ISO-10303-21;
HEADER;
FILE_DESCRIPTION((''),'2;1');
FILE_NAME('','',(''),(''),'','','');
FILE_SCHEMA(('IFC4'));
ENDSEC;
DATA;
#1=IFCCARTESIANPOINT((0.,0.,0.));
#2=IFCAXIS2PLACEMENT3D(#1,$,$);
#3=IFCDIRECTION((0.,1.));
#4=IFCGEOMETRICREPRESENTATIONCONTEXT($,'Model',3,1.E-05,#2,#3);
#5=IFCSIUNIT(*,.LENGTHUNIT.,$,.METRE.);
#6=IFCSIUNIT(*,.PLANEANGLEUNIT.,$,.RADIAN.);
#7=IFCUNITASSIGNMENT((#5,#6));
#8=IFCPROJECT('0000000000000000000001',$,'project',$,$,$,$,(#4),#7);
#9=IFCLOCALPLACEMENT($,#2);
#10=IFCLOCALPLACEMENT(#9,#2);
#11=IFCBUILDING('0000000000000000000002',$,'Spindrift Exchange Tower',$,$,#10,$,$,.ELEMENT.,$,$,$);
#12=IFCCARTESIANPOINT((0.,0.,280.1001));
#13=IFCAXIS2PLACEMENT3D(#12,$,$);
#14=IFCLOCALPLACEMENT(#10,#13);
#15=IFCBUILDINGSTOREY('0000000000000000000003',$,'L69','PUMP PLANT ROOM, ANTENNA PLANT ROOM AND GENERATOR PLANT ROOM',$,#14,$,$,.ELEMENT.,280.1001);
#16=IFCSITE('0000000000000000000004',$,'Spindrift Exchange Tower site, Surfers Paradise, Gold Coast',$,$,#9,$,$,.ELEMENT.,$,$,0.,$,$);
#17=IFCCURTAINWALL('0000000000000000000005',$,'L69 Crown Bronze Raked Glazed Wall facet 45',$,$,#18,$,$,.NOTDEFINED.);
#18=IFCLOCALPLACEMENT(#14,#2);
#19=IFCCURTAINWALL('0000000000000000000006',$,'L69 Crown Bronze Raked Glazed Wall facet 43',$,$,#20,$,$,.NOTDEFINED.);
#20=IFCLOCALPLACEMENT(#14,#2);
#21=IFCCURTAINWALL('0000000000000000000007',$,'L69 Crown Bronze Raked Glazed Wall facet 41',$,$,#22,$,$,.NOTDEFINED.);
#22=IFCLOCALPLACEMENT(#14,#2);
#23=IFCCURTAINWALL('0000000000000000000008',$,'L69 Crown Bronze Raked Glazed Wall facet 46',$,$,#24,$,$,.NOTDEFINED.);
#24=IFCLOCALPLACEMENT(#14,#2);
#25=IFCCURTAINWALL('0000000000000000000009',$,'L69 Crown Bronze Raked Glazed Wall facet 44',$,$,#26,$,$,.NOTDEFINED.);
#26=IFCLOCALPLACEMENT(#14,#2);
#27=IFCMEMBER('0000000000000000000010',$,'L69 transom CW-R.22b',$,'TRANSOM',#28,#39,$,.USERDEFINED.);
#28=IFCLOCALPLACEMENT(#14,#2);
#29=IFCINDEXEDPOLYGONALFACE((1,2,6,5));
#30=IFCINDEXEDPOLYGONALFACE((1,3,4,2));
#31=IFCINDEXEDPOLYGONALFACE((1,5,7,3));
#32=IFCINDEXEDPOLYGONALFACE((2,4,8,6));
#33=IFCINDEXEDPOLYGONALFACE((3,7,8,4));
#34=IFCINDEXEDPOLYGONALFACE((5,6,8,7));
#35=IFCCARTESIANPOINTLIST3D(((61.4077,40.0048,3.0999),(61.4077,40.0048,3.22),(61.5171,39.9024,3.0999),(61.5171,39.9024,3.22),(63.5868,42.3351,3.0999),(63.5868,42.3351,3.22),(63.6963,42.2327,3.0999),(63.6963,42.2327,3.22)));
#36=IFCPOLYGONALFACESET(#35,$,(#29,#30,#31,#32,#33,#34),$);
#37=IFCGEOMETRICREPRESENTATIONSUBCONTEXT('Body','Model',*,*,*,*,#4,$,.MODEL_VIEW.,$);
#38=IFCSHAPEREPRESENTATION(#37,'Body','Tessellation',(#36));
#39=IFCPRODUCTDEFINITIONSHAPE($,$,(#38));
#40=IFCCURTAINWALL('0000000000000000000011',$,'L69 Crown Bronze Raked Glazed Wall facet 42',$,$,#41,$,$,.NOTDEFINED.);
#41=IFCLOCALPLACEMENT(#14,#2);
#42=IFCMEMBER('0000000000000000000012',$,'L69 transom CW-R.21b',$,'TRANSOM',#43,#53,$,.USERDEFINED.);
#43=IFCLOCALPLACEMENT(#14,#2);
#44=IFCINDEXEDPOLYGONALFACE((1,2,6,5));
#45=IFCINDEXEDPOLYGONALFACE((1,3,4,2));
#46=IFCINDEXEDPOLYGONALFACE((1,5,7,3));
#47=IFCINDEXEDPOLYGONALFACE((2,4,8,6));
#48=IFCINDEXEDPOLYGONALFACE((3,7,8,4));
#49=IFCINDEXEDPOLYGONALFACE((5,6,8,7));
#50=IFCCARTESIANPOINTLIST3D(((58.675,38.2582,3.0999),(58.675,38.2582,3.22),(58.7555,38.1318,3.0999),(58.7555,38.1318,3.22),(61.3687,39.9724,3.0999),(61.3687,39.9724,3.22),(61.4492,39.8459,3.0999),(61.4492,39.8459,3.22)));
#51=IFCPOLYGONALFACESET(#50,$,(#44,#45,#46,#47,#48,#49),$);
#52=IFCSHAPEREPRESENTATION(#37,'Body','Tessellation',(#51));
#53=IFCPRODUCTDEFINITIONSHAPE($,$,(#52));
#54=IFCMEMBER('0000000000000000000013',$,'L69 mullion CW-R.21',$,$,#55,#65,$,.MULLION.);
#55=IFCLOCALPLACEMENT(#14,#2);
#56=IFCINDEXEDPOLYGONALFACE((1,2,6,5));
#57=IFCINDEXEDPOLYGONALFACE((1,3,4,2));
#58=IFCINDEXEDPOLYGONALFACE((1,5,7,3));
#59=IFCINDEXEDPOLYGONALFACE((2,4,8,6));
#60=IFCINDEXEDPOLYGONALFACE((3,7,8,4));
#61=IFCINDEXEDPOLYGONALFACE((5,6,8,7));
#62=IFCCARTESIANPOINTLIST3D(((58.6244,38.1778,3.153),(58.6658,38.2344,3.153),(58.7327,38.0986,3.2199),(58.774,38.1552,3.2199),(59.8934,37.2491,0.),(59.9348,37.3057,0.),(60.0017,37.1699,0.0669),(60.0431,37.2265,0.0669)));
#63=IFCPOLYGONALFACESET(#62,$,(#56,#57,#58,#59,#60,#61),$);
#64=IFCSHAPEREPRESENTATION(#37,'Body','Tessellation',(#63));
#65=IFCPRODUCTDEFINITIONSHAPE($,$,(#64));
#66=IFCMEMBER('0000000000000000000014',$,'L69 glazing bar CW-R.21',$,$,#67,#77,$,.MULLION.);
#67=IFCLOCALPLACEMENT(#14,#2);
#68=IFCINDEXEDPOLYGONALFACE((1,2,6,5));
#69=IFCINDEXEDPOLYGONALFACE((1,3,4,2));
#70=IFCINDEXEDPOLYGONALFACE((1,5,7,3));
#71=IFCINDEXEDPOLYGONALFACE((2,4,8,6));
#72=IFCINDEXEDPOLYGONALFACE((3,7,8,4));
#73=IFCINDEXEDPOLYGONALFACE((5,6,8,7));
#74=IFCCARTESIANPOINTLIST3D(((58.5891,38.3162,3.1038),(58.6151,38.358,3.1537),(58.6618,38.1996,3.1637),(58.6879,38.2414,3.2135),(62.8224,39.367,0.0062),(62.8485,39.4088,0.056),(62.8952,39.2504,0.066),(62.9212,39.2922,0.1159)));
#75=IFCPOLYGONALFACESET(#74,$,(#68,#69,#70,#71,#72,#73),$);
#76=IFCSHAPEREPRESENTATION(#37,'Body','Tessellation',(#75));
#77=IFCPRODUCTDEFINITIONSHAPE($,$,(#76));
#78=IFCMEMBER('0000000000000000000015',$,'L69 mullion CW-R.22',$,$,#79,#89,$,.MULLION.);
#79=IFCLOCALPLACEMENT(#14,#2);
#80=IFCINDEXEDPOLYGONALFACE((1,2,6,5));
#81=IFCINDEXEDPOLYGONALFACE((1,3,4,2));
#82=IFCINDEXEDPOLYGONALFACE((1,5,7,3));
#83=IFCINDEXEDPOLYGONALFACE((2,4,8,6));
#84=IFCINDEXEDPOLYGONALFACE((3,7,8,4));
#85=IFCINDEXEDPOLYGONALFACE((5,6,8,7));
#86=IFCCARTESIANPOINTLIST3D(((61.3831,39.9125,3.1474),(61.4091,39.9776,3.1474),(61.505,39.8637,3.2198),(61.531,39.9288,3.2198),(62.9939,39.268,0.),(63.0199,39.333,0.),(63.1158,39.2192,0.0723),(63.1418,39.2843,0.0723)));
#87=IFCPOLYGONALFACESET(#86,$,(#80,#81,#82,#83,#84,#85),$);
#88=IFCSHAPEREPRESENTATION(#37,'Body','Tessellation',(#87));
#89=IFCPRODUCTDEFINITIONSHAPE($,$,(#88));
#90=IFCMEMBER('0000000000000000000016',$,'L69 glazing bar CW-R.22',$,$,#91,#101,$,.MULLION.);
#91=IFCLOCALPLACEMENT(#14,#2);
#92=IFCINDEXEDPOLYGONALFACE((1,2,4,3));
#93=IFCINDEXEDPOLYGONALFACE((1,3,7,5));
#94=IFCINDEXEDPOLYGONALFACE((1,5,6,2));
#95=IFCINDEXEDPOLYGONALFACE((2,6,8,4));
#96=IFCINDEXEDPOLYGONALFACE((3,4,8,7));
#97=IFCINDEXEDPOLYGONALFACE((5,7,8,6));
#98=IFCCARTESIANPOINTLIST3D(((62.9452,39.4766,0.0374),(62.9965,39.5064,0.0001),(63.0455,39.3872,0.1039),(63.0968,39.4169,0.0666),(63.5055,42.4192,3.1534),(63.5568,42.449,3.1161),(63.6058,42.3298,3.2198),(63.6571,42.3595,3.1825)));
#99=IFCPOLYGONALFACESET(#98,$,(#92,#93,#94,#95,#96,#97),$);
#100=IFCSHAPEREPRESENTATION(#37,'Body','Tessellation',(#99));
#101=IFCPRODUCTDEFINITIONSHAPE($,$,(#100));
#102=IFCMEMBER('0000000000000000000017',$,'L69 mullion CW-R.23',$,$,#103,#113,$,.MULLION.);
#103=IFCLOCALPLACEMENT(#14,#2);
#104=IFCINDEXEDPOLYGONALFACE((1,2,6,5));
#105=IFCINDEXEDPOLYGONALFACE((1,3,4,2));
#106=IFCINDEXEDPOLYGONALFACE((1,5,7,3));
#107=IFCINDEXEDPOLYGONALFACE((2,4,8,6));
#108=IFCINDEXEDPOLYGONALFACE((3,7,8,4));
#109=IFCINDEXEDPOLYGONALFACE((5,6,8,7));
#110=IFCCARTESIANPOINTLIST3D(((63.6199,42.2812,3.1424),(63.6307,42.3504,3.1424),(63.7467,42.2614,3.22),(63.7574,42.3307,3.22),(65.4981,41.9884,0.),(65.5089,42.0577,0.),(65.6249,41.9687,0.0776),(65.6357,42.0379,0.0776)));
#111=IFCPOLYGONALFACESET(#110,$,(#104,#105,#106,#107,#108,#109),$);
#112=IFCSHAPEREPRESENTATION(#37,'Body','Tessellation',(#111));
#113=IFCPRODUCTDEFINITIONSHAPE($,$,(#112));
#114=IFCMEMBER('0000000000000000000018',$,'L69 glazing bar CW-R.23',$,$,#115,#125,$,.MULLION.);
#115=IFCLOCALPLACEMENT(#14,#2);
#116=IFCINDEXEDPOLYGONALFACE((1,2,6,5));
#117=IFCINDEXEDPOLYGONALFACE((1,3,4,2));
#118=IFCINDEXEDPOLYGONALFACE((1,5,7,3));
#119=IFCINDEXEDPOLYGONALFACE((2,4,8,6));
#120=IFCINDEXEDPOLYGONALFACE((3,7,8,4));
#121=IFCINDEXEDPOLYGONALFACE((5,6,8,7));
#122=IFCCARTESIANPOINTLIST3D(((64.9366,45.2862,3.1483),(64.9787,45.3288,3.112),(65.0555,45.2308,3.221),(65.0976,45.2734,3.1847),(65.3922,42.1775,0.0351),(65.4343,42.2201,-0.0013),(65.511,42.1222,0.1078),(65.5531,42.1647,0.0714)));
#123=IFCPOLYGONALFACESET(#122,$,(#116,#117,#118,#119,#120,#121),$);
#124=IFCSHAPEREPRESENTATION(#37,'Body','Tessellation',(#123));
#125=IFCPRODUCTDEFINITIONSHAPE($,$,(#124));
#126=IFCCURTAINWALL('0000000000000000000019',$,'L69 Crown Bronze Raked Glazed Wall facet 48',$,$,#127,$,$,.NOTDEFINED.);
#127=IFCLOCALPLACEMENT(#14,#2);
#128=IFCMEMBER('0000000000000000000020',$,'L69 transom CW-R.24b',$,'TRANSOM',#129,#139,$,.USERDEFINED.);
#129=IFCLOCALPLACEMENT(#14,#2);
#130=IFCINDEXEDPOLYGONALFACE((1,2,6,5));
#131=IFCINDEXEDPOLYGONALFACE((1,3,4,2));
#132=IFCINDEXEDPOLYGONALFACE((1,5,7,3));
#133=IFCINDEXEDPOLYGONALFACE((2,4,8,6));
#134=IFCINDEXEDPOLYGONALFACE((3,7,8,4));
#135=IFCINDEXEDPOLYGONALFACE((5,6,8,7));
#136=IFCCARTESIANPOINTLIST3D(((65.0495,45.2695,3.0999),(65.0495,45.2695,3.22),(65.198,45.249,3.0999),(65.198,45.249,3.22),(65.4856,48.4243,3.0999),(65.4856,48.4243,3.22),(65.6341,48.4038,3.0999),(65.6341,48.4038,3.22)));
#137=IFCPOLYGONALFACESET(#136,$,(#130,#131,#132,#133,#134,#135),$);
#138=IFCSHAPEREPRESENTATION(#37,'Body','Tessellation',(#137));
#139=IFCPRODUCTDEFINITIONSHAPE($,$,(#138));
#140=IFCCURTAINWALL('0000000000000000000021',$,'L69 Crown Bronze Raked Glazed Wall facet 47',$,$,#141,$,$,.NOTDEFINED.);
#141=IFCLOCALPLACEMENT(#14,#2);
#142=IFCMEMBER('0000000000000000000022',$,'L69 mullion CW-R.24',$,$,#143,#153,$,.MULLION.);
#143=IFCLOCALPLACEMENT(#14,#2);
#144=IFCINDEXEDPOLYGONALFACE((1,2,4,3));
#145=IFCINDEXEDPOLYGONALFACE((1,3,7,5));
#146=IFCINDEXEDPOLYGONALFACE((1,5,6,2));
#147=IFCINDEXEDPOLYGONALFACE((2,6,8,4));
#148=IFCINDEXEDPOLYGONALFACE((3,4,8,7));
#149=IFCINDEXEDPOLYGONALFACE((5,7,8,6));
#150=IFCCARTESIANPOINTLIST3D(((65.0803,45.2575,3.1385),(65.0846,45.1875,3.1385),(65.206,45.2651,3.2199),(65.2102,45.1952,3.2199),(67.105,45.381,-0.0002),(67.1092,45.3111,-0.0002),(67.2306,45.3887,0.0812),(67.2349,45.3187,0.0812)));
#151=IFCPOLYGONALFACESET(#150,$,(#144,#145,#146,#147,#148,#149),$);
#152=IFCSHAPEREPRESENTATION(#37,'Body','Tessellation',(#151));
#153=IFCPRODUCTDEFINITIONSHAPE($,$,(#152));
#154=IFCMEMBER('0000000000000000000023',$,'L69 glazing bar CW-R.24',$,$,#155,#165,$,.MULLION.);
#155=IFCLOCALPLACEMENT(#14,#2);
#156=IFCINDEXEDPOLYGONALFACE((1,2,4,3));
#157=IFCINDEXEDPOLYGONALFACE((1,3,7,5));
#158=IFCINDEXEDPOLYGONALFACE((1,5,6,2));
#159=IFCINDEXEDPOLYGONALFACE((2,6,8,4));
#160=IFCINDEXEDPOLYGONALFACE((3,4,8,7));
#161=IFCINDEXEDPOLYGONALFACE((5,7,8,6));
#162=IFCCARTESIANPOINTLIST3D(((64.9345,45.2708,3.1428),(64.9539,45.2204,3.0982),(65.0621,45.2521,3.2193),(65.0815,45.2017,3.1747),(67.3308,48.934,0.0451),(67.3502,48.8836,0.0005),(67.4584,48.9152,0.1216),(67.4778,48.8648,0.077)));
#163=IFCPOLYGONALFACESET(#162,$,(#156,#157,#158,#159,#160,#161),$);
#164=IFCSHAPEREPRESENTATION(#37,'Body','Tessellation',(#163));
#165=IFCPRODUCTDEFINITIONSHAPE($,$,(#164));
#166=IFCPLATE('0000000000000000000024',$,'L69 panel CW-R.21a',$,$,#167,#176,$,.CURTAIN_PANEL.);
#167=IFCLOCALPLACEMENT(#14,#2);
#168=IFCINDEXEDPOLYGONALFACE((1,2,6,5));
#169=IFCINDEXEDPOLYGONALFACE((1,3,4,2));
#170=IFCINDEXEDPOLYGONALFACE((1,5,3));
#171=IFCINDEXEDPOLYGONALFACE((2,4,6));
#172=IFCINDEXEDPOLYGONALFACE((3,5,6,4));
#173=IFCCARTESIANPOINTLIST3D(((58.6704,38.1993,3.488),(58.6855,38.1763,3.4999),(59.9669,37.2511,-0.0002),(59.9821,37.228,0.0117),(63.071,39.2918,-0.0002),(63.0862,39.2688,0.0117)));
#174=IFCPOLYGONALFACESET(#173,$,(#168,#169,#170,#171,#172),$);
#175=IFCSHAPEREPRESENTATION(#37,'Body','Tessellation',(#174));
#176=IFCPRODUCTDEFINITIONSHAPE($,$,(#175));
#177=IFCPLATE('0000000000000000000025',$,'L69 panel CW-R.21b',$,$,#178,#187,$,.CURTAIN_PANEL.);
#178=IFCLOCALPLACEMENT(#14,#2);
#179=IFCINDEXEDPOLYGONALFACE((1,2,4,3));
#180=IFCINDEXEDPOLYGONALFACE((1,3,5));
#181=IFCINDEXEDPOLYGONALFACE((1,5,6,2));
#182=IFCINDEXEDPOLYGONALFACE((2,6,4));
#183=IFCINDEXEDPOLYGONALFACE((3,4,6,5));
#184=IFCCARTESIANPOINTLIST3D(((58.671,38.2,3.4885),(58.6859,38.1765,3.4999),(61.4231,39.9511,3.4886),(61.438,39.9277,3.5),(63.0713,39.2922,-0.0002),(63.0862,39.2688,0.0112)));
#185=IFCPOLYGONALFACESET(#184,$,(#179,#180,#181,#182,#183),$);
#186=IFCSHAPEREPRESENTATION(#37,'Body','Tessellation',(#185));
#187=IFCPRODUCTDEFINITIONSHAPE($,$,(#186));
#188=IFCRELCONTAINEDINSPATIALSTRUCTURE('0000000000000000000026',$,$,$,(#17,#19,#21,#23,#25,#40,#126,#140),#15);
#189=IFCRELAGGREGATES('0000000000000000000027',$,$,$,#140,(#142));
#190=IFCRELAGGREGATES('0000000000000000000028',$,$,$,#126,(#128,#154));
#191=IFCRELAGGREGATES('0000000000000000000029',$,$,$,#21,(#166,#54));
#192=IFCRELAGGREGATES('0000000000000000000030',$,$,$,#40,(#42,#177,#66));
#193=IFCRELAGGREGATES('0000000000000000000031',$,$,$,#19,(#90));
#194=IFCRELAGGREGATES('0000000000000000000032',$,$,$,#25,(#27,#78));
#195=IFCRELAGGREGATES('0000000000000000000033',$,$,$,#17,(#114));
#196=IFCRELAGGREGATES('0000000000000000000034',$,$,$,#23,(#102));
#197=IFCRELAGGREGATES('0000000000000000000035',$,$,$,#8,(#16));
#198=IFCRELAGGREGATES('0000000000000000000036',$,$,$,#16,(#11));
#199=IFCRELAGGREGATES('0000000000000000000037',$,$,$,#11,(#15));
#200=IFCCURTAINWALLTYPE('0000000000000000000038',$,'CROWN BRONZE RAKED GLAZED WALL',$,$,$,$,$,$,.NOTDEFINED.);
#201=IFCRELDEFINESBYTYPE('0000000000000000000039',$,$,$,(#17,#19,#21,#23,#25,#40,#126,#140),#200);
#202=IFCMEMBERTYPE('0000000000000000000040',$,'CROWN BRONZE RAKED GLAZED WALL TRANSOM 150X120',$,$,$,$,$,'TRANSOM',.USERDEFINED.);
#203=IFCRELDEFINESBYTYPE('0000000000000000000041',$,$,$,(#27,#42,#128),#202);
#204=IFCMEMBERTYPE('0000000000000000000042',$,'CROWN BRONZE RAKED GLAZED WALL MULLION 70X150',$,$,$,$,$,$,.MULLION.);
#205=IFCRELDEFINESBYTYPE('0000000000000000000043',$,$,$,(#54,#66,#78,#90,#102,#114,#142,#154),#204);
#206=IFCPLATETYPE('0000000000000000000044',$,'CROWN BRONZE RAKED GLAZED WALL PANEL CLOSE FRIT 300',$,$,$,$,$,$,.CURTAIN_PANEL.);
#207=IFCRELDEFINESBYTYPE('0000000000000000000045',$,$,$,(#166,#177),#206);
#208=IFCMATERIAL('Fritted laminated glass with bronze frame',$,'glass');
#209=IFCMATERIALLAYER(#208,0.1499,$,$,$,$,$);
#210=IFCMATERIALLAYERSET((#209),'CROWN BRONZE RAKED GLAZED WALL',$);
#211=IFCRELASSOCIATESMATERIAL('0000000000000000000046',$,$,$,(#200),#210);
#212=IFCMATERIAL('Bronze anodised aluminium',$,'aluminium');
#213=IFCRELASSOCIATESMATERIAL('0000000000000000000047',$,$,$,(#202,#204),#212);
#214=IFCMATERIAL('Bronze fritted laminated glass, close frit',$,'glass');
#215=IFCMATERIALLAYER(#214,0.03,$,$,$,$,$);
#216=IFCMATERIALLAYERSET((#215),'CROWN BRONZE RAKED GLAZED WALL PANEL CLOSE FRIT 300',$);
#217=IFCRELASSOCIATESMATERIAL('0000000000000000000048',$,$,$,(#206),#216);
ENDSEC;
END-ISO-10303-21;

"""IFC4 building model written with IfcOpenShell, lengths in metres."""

from ifc_helpers import new_model, si_unit, direction, frame, origin, origin_2d, place, context, subcontext, project, spatial, line, indexed_curve, rectangle, outline, extrude, source, transform, mapped, material, layer, layer_set, material_profile, profile_set, type_object, element, aggregate, save


model = new_model("IFC4")

# Units and contexts
model_context = context("Model", 3, precision=1e-05, world=origin(), true_north=direction((0.0, 1.0)))
body_context = subcontext(model_context, "Body", "Model", "MODEL_VIEW")
ifc_project = project(units=[si_unit("LENGTHUNIT", "METRE"), si_unit("PLANEANGLEUNIT", "RADIAN")], contexts=[model_context])

# Site, building, storey
site_placement = place(None, origin())
site = spatial("IfcSite", under=ifc_project, at=site_placement, Name="Spindrift Exchange Tower site, Surfers Paradise, Gold Coast", CompositionType="ELEMENT", RefElevation=0.0)
building_placement = place(site_placement, origin())
building = spatial("IfcBuilding", under=site, at=building_placement, Name="Spindrift Exchange Tower", CompositionType="ELEMENT")
storey_placement = place(building_placement, frame((0.0, 0.0, 280.1001)))
storey = spatial("IfcBuildingStorey", under=building, at=storey_placement, Name="L69", Description="PUMP PLANT ROOM, ANTENNA PLANT ROOM AND GENERATOR PLANT ROOM", CompositionType="ELEMENT", Elevation=280.1001)

# Curtain walls, members
ifc_material_1 = material(Name="Fritted laminated glass with bronze frame", Category="glass")
ifc_layer_1 = layer(ifc_material_1, 0.1499)
ifc_layer_set_1 = layer_set([ifc_layer_1], Name="CROWN BRONZE RAKED GLAZED WALL")
curtain_wall_type = type_object("IfcCurtainWallType", Name="CROWN BRONZE RAKED GLAZED WALL", PredefinedType="NOTDEFINED", material=ifc_layer_set_1)
curtain_wall_1_placement = place(storey_placement, origin())
curtain_wall_1 = element("IfcCurtainWall", 1, at=curtain_wall_1_placement, inside=storey, type_object=curtain_wall_type, Name="L69 Crown Bronze Raked Glazed Wall facet 45", PredefinedType="NOTDEFINED")
ifc_material_2 = material(Name="Bronze anodised aluminium", Category="aluminium")
ifc_material_profile_1 = material_profile(ifc_material_2, rectangle(XDim=0.1499, YDim=0.1201, at=origin_2d()), Name="CROWN BRONZE RAKED GLAZED WALL TRANSOM 150X120")
ifc_profile_set_1 = profile_set([ifc_material_profile_1], Name="Bronze anodised aluminium")
member_type_1 = type_object("IfcMemberType", Name="CROWN BRONZE RAKED GLAZED WALL TRANSOM 150X120", ElementType="TRANSOM", PredefinedType="USERDEFINED", material=ifc_profile_set_1)
curtain_wall_2_placement = place(storey_placement, origin())
curtain_wall_2 = element("IfcCurtainWall", 2, at=curtain_wall_2_placement, inside=storey, type_object=curtain_wall_type, Name="L69 Crown Bronze Raked Glazed Wall facet 43", PredefinedType="NOTDEFINED")
curtain_wall_3_placement = place(storey_placement, origin())
curtain_wall_3 = element("IfcCurtainWall", 3, at=curtain_wall_3_placement, inside=storey, type_object=curtain_wall_type, Name="L69 Crown Bronze Raked Glazed Wall facet 41", PredefinedType="NOTDEFINED")
curtain_wall_4_placement = place(storey_placement, origin())
curtain_wall_4 = element("IfcCurtainWall", 4, at=curtain_wall_4_placement, inside=storey, type_object=curtain_wall_type, Name="L69 Crown Bronze Raked Glazed Wall facet 46", PredefinedType="NOTDEFINED")
curtain_wall_5_placement = place(storey_placement, origin())
curtain_wall_5 = element("IfcCurtainWall", 5, at=curtain_wall_5_placement, inside=storey, type_object=curtain_wall_type, Name="L69 Crown Bronze Raked Glazed Wall facet 44", PredefinedType="NOTDEFINED")
shared_shape_1 = source(origin(), body_context, "Body", "SweptSolid", [
    extrude(rectangle(XDim=0.1499, YDim=0.1201, at=origin_2d()), origin(), (0.0, 0.0, 1.0), 3.1904),
])
member_1_placement = place(storey_placement, frame((61.4624, 39.9536, 3.1599), z_axis=(0.683027, 0.730393, 0.0), x_axis=(-0.730393, 0.683027, 0.0)))
member_1 = element("IfcMember", 6, at=member_1_placement, type_object=member_type_1, Name="L69 transom CW-R.22b", ObjectType="TRANSOM", PredefinedType="USERDEFINED", context=body_context, shape_type="MappedRepresentation", body=[
    mapped(shared_shape_1, transform((0.0, 0.0, 0.0), scale=1.0)),
])
curtain_wall_6_placement = place(storey_placement, origin())
curtain_wall_6 = element("IfcCurtainWall", 7, at=curtain_wall_6_placement, inside=storey, type_object=curtain_wall_type, Name="L69 Crown Bronze Raked Glazed Wall facet 42", PredefinedType="NOTDEFINED")
shared_shape_2 = source(origin(), body_context, "Body", "SweptSolid", [
    extrude(rectangle(XDim=0.1499, YDim=0.1201, at=origin_2d()), origin(), (0.0, 0.0, 1.0), 3.1929),
])
member_2_placement = place(storey_placement, frame((61.4089, 39.9092, 3.1599), z_axis=(-0.843661, -0.536875, 0.0), x_axis=(0.536875, -0.843661, 0.0)))
member_2 = element("IfcMember", 8, at=member_2_placement, type_object=member_type_1, Name="L69 transom CW-R.21b", ObjectType="TRANSOM", PredefinedType="USERDEFINED", context=body_context, shape_type="MappedRepresentation", body=[
    mapped(shared_shape_2, transform((0.0, 0.0, 0.0), scale=1.0)),
])

# Members
ifc_material_profile_2 = material_profile(ifc_material_2, rectangle(XDim=0.0701, YDim=0.1499, at=origin_2d()), Name="CROWN BRONZE RAKED GLAZED WALL MULLION 70X150")
ifc_profile_set_2 = profile_set([ifc_material_profile_2], Name="Bronze anodised aluminium")
member_type_2 = type_object("IfcMemberType", Name="CROWN BRONZE RAKED GLAZED WALL MULLION 70X150", PredefinedType="MULLION", material=ifc_profile_set_2)
shared_shape_3 = source(origin(), body_context, "Body", "SweptSolid", [
    extrude(rectangle(XDim=0.0701, YDim=0.1499, at=origin_2d()), origin(), (0.0, 0.0, 1.0), 3.5234),
])
member_3_placement = place(storey_placement, frame((59.9683, 37.2378, 0.0334), z_axis=(-0.360168, 0.263578, 0.894877), x_axis=(-0.590569, -0.806987, 0.0)))
member_3 = element("IfcMember", 9, at=member_3_placement, type_object=member_type_2, Name="L69 mullion CW-R.21", PredefinedType="MULLION", context=body_context, shape_type="MappedRepresentation", body=[
    mapped(shared_shape_3, transform((0.0, 0.0, 0.0), scale=1.0)),
])
shared_shape_4 = source(origin(), body_context, "Body", "SweptSolid", [
    extrude(rectangle(XDim=0.0701, YDim=0.1499, at=origin_2d()), origin(), (0.0, 0.0, 1.0), 5.3499),
])
member_4_placement = place(storey_placement, frame((62.8718, 39.3296, 0.061), z_axis=(-0.791306, -0.196412, 0.579014), x_axis=(-0.372039, -0.59683, -0.710902)))
member_4 = element("IfcMember", 10, at=member_4_placement, type_object=member_type_2, Name="L69 glazing bar CW-R.21", PredefinedType="MULLION", context=body_context, shape_type="MappedRepresentation", body=[
    mapped(shared_shape_4, transform((0.0, 0.0, 0.0), scale=1.0)),
])
shared_shape_5 = source(origin(), body_context, "Body", "SweptSolid", [
    extrude(rectangle(XDim=0.0701, YDim=0.1499, at=origin_2d()), origin(), (0.0, 0.0, 1.0), 3.594),
])
member_5_placement = place(storey_placement, frame((63.0679, 39.2761, 0.0361), z_axis=(-0.448204, 0.179336, 0.875758), x_axis=(-0.371488, -0.928438, 0.0)))
member_5 = element("IfcMember", 11, at=member_5_placement, type_object=member_type_2, Name="L69 mullion CW-R.22", PredefinedType="MULLION", context=body_context, shape_type="MappedRepresentation", body=[
    mapped(shared_shape_5, transform((0.0, 0.0, 0.0), scale=1.0)),
])
shared_shape_6 = source(origin(), body_context, "Body", "SweptSolid", [
    extrude(rectangle(XDim=0.0701, YDim=0.1499, at=origin_2d()), origin(), (0.0, 0.0, 1.0), 4.3223),
])
member_6_placement = place(storey_placement, frame((63.021, 39.4468, 0.052), z_axis=(0.129631, 0.680802, 0.720905), x_axis=(-0.732046, -0.424679, 0.532688)))
member_6 = element("IfcMember", 12, at=member_6_placement, type_object=member_type_2, Name="L69 glazing bar CW-R.22", PredefinedType="MULLION", context=body_context, shape_type="MappedRepresentation", body=[
    mapped(shared_shape_6, transform((0.0, 0.0, 0.0), scale=1.0)),
])
shared_shape_7 = source(origin(), body_context, "Body", "SweptSolid", [
    extrude(rectangle(XDim=0.0701, YDim=0.1499, at=origin_2d()), origin(), (0.0, 0.0, 1.0), 3.6726),
])
member_7_placement = place(storey_placement, frame((65.5669, 42.0132, 0.0388), z_axis=(-0.511411, 0.079706, 0.855632), x_axis=(-0.153997, -0.988071, 0.0)))
member_7 = element("IfcMember", 13, at=member_7_placement, type_object=member_type_2, Name="L69 mullion CW-R.23", PredefinedType="MULLION", context=body_context, shape_type="MappedRepresentation", body=[
    mapped(shared_shape_7, transform((0.0, 0.0, 0.0), scale=1.0)),
])
shared_shape_8 = source(origin(), body_context, "Body", "SweptSolid", [
    extrude(rectangle(XDim=0.0701, YDim=0.1499, at=origin_2d()), origin(), (0.0, 0.0, 1.0), 4.4231),
])
member_8_placement = place(storey_placement, frame((65.4727, 42.1711, 0.0532), z_axis=(-0.102997, 0.702822, 0.70387), x_axis=(-0.60086, -0.607896, 0.519067)))
member_8 = element("IfcMember", 14, at=member_8_placement, type_object=member_type_2, Name="L69 glazing bar CW-R.23", PredefinedType="MULLION", context=body_context, shape_type="MappedRepresentation", body=[
    mapped(shared_shape_8, transform((0.0, 0.0, 0.0), scale=1.0)),
])

# Curtain walls, members
curtain_wall_7_placement = place(storey_placement, origin())
curtain_wall_7 = element("IfcCurtainWall", 15, at=curtain_wall_7_placement, inside=storey, type_object=curtain_wall_type, Name="L69 Crown Bronze Raked Glazed Wall facet 48", PredefinedType="NOTDEFINED")
shared_shape_9 = source(origin(), body_context, "Body", "SweptSolid", [
    extrude(rectangle(XDim=0.1499, YDim=0.1201, at=origin_2d()), origin(), (0.0, 0.0, 1.0), 3.1848),
])
member_9_placement = place(storey_placement, frame((65.5598, 48.4141, 3.1599), z_axis=(-0.136912, -0.990583, 0.0), x_axis=(0.990583, -0.136912, 0.0)))
member_9 = element("IfcMember", 16, at=member_9_placement, type_object=member_type_1, Name="L69 transom CW-R.24b", ObjectType="TRANSOM", PredefinedType="USERDEFINED", context=body_context, shape_type="MappedRepresentation", body=[
    mapped(shared_shape_9, transform((0.0, 0.0, 0.0), scale=1.0)),
])
curtain_wall_8_placement = place(storey_placement, origin())
curtain_wall_8 = element("IfcCurtainWall", 17, at=curtain_wall_8_placement, inside=storey, type_object=curtain_wall_type, Name="L69 Crown Bronze Raked Glazed Wall facet 47", PredefinedType="NOTDEFINED")
shared_shape_10 = source(origin(), body_context, "Body", "SweptSolid", [
    extrude(rectangle(XDim=0.0701, YDim=0.1499, at=origin_2d()), origin(), (0.0, 0.0, 1.0), 3.7371),
])
member_10_placement = place(storey_placement, frame((67.1699, 45.3499, 0.0405), z_axis=(-0.541776, -0.033057, 0.839873), x_axis=(0.060902, -0.998144, 0.0)))
member_10 = element("IfcMember", 18, at=member_10_placement, type_object=member_type_2, Name="L69 mullion CW-R.24", PredefinedType="MULLION", context=body_context, shape_type="MappedRepresentation", body=[
    mapped(shared_shape_10, transform((0.0, 0.0, 0.0), scale=1.0)),
])
aggregate(curtain_wall_8, [member_10])

# Member
shared_shape_11 = source(origin(), body_context, "Body", "SweptSolid", [
    extrude(rectangle(XDim=0.0701, YDim=0.1499, at=origin_2d()), origin(), (0.0, 0.0, 1.0), 5.3625),
])
member_11_placement = place(storey_placement, frame((67.4043, 48.8994, 0.061), z_axis=(-0.446857, -0.683102, 0.577659), x_axis=(0.276316, -0.719531, -0.637122)))
member_11 = element("IfcMember", 19, at=member_11_placement, type_object=member_type_2, Name="L69 glazing bar CW-R.24", PredefinedType="MULLION", context=body_context, shape_type="MappedRepresentation", body=[
    mapped(shared_shape_11, transform((0.0, 0.0, 0.0), scale=1.0)),
])
aggregate(curtain_wall_7, [member_9, member_11])

# Plates
ifc_material_3 = material(Name="Bronze fritted laminated glass, close frit", Category="glass")
ifc_layer_2 = layer(ifc_material_3, 0.03)
ifc_layer_set_2 = layer_set([ifc_layer_2], Name="CROWN BRONZE RAKED GLAZED WALL PANEL CLOSE FRIT 300")
plate_type_1 = type_object("IfcPlateType", Name="CROWN BRONZE RAKED GLAZED WALL PANEL CLOSE FRIT 300", PredefinedType="CURTAIN_PANEL", material=ifc_layer_set_2)
plate_1_placement = place(storey_placement, frame((63.0862, 39.2688, 0.0117), z_axis=(0.504425, -0.767257, 0.39607), x_axis=(-0.835592, -0.549351, 0.0)))
plate_1 = element("IfcPlate", 20, at=plate_1_placement, type_object=plate_type_1, Name="L69 panel CW-R.21a", PredefinedType="CURTAIN_PANEL", context=body_context, shape_type="SweptSolid", body=[
    extrude(outline(indexed_curve([(0.0, 0.0), (3.7148, 0.0), (4.2773, -3.7988)], segments=[line(1, 2, 3, 1)], self_intersect=False)), origin(), (0.0, 0.0, -1.0), 0.03),
])
aggregate(curtain_wall_3, [plate_1, member_3])
plate_2_placement = place(storey_placement, frame((63.0862, 39.2688, 0.0112), z_axis=(0.496181, -0.779822, 0.381683), x_axis=(-0.769186, -0.190931, 0.609835)))
plate_2 = element("IfcPlate", 21, at=plate_2_placement, type_object=plate_type_1, Name="L69 panel CW-R.21b", PredefinedType="CURTAIN_PANEL", context=body_context, shape_type="SweptSolid", body=[
    extrude(outline(indexed_curve([(0.0, 0.0), (5.7207, 0.0), (3.2695, -2.1523)], segments=[line(1, 2, 3, 1)], self_intersect=False)), origin(), (0.0, 0.0, -1.0), 0.03),
])
aggregate(curtain_wall_6, [member_2, plate_2, member_4])
aggregate(curtain_wall_2, [member_6])
aggregate(curtain_wall_5, [member_1, member_5])

aggregate(curtain_wall_1, [member_8])
aggregate(curtain_wall_4, [member_7])

save(model, "model.ifc")
